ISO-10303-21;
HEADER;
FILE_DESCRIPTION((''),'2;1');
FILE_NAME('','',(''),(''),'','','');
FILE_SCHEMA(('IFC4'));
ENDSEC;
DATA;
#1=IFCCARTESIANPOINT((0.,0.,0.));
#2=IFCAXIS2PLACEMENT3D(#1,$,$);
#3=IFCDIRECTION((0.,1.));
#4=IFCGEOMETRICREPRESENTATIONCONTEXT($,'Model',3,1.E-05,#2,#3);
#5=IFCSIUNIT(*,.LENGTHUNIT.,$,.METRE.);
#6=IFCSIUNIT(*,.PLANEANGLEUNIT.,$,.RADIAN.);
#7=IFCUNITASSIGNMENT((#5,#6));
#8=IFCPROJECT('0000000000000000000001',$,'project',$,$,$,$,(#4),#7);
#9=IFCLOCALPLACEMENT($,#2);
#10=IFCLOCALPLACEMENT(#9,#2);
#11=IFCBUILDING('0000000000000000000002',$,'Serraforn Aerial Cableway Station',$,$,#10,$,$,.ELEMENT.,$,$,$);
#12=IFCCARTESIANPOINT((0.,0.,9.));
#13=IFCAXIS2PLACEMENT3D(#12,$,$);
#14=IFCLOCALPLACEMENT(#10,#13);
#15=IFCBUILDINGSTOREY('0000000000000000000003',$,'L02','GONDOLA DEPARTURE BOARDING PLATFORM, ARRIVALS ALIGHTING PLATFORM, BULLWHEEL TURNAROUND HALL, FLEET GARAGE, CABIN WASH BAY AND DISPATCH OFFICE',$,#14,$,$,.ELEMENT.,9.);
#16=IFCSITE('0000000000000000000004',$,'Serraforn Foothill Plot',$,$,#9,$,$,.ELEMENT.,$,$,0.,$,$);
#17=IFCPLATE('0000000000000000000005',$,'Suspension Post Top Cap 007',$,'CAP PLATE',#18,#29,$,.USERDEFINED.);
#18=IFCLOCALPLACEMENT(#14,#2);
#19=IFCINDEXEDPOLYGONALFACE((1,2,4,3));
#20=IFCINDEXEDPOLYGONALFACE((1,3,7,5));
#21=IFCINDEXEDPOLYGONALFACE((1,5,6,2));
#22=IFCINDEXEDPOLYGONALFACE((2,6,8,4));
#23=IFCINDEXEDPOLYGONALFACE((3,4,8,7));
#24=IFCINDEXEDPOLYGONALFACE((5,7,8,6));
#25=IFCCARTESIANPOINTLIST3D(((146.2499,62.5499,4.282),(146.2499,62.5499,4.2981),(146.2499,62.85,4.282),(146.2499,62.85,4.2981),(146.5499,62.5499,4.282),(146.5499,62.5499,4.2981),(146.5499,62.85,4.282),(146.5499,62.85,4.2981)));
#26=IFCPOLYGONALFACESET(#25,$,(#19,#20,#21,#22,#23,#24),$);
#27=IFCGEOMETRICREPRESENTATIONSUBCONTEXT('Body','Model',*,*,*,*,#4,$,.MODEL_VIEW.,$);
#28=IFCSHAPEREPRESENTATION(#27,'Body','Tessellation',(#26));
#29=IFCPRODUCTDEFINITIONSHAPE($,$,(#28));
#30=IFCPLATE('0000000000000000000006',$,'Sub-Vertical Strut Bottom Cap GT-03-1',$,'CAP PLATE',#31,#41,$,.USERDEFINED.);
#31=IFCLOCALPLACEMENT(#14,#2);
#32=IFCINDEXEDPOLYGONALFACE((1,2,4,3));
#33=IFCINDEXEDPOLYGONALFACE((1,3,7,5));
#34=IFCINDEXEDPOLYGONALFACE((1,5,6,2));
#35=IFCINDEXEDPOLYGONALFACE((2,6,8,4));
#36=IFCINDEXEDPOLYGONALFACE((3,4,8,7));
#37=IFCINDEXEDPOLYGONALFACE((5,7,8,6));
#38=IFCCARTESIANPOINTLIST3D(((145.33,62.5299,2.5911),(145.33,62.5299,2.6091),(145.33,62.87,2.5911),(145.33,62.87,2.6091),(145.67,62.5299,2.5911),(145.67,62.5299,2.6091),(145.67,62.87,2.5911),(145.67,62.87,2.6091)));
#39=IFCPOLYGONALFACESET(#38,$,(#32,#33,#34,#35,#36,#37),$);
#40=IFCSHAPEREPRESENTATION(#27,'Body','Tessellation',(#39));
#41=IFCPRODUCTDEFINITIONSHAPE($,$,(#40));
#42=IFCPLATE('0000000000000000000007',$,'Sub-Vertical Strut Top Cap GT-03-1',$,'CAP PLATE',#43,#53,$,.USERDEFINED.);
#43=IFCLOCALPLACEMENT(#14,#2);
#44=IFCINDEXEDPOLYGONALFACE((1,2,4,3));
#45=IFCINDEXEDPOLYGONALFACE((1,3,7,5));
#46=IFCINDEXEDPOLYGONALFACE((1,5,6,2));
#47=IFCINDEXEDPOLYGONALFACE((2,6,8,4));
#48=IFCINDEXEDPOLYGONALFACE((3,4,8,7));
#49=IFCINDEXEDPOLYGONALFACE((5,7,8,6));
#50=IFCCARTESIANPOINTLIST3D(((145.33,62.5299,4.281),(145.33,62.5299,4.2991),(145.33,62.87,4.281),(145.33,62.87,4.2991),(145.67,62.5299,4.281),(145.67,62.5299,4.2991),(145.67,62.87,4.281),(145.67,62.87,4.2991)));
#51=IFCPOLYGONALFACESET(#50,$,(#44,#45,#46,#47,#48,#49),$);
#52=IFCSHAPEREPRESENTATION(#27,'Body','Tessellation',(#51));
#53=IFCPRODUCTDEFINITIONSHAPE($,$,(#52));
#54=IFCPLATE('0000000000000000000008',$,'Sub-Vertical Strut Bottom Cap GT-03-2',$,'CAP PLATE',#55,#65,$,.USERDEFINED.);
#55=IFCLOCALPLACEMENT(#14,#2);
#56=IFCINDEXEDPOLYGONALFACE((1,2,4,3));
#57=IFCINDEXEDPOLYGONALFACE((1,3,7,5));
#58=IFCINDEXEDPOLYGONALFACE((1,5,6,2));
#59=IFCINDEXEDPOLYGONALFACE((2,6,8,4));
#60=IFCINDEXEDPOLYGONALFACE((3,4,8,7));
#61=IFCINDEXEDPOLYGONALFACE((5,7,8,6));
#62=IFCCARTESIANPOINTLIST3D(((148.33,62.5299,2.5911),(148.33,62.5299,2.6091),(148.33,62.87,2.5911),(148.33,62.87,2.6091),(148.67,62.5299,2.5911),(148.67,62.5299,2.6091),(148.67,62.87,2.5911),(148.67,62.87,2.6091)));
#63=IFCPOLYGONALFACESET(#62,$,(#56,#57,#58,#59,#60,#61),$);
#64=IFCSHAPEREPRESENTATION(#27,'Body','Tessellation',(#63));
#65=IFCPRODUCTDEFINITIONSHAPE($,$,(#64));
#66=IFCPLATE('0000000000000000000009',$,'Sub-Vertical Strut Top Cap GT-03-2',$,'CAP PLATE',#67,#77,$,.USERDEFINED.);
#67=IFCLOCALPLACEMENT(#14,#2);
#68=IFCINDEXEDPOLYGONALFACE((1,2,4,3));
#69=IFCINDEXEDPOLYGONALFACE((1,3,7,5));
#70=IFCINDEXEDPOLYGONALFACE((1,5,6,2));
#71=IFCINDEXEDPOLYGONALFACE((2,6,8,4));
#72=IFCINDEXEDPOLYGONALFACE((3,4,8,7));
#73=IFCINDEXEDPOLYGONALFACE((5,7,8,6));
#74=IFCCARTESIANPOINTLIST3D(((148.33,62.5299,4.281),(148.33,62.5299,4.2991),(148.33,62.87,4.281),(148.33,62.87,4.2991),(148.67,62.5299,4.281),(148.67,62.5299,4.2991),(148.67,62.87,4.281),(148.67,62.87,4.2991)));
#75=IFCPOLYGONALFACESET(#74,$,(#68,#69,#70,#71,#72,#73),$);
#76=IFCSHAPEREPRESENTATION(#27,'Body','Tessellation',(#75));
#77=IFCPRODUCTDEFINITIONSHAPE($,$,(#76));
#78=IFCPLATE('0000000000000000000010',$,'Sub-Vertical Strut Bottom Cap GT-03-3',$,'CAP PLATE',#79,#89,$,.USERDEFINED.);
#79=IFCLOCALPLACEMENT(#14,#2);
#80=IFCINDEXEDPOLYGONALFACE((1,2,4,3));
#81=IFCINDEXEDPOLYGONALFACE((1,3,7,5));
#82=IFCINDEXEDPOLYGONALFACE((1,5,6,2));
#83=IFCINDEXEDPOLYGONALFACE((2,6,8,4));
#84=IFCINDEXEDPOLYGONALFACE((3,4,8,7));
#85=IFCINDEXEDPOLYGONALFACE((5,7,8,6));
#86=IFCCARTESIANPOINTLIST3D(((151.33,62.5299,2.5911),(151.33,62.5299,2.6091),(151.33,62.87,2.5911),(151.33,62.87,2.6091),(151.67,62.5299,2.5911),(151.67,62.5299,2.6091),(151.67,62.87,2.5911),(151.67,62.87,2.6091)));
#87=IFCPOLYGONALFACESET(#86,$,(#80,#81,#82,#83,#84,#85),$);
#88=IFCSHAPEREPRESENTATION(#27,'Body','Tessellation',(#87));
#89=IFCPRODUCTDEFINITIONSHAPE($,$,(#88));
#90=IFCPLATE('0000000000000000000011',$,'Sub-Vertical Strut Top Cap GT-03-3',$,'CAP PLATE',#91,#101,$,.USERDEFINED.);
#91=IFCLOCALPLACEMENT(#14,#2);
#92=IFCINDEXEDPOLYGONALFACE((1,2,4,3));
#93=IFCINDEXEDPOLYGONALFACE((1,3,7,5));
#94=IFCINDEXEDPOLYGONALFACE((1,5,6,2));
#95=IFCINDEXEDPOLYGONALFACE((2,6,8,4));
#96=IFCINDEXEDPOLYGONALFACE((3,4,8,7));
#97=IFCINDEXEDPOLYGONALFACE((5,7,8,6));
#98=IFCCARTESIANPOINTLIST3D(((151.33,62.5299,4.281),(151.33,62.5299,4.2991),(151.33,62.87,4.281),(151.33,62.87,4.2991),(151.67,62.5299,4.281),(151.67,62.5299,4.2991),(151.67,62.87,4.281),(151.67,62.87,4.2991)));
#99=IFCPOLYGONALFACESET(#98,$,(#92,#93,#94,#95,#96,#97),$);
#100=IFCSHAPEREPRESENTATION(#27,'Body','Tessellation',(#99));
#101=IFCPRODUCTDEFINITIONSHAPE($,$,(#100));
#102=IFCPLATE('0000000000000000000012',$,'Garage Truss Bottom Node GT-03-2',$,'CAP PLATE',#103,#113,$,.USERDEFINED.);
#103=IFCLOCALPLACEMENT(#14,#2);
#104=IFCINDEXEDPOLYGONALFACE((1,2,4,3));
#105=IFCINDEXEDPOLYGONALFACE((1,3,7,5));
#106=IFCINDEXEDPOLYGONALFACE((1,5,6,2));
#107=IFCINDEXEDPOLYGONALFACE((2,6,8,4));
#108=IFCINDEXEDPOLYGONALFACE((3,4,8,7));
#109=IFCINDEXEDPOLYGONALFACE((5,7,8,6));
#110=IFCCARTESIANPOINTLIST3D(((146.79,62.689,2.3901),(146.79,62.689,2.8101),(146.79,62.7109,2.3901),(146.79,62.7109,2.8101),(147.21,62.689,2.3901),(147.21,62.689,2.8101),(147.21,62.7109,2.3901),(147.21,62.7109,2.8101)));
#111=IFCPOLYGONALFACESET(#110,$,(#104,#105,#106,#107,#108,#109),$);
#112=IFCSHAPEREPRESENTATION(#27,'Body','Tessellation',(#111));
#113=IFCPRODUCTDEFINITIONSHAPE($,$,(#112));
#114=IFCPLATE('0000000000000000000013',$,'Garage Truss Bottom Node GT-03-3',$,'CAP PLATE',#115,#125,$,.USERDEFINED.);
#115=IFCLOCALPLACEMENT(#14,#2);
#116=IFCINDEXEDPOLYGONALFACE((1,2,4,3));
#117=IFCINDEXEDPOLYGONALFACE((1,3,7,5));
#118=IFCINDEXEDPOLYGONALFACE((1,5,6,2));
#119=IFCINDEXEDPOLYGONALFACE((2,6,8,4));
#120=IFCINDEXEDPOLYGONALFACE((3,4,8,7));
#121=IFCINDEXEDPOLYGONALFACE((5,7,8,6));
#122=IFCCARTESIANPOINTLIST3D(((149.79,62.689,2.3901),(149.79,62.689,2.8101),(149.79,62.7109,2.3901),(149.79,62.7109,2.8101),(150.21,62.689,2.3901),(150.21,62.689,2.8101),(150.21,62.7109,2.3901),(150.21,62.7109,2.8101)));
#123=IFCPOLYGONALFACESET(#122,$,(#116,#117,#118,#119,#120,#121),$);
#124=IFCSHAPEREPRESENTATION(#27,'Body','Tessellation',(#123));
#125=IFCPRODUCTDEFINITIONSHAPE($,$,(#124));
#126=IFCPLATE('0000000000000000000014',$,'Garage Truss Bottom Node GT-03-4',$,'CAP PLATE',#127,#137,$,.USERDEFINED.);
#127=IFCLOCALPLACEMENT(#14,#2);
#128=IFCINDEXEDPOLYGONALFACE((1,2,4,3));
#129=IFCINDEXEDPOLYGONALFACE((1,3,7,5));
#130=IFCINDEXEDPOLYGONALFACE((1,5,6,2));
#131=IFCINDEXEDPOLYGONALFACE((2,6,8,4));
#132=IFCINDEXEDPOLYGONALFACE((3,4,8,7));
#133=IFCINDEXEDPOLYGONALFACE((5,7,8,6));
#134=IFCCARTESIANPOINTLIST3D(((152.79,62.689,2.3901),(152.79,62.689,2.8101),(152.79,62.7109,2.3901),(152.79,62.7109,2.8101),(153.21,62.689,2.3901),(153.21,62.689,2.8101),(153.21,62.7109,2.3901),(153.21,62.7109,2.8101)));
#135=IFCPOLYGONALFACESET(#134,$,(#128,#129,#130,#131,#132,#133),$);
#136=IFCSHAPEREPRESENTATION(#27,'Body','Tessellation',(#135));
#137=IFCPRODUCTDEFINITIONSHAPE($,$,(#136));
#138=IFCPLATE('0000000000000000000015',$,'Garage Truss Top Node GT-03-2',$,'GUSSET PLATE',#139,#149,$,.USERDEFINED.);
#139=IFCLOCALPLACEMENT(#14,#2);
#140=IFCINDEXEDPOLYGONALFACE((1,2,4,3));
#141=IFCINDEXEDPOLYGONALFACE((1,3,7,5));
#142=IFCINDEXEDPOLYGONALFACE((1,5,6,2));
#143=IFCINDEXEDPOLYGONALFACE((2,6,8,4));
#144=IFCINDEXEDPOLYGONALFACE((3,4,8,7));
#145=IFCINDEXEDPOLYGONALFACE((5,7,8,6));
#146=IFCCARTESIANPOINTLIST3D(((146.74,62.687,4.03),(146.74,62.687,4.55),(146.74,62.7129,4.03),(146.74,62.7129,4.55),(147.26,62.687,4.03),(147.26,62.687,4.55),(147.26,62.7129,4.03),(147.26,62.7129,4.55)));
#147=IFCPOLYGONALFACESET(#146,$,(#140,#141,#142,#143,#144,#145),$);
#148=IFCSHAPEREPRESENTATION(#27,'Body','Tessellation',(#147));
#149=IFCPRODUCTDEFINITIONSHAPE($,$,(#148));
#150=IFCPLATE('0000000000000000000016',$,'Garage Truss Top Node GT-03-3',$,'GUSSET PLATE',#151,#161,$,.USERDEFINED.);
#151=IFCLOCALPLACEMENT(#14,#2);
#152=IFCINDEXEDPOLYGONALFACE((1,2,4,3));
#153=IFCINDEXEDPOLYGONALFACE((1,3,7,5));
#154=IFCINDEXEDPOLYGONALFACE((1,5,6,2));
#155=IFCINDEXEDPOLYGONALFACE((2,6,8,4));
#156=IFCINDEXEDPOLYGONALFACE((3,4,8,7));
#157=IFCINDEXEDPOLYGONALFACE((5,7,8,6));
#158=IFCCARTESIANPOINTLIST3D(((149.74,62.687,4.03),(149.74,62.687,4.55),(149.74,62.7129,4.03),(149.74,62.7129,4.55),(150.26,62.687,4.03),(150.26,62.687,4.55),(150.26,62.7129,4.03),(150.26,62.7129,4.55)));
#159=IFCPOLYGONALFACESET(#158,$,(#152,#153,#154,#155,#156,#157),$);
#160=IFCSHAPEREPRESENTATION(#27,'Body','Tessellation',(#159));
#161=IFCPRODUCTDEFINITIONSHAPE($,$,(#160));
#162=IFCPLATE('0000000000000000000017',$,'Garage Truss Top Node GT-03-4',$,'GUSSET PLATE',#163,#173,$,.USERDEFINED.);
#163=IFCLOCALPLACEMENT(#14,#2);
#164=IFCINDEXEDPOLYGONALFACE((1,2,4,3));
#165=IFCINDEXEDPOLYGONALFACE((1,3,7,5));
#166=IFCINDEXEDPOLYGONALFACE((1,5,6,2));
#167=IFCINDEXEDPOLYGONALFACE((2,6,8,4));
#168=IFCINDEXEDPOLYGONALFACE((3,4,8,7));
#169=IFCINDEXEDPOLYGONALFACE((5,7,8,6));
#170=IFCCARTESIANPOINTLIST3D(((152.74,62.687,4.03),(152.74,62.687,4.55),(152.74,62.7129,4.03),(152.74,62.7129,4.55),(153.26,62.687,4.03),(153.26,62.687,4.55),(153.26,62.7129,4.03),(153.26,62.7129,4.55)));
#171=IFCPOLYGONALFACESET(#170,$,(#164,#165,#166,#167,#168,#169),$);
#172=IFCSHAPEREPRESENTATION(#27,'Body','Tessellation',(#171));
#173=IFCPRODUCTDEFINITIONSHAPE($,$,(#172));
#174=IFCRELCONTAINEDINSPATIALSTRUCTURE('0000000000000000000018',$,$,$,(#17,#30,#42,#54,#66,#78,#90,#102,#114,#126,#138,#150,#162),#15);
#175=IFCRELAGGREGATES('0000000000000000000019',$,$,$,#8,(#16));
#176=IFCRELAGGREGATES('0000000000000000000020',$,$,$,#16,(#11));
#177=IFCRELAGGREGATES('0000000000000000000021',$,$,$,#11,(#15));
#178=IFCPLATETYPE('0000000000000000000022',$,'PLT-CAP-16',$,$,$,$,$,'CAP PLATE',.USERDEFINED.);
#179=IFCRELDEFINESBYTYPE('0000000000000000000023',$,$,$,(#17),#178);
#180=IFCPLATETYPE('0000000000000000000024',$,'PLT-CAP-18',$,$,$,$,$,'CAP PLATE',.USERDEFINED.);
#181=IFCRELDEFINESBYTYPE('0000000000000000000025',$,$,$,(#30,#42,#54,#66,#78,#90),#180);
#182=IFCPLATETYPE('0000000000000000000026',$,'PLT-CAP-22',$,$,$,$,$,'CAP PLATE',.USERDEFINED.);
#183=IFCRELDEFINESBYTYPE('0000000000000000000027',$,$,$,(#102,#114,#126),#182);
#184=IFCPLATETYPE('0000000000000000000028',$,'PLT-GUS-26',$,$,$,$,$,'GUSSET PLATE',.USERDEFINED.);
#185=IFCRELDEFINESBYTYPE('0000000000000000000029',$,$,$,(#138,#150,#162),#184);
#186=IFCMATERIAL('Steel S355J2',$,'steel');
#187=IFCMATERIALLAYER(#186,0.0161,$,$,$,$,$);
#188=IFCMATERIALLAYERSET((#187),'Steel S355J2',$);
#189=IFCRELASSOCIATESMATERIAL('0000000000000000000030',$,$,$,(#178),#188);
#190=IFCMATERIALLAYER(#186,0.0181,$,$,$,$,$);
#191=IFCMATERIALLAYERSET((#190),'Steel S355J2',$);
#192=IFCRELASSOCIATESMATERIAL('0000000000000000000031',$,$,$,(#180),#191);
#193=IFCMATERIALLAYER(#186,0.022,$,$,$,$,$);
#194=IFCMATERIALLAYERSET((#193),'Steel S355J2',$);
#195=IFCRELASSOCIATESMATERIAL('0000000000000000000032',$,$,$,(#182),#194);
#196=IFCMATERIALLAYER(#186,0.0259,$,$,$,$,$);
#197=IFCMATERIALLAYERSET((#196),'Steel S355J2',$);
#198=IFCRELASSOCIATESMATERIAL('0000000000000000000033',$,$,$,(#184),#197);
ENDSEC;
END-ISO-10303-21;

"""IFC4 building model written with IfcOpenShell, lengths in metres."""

from ifc_helpers import new_model, si_unit, direction, frame, origin, origin_2d, place, context, subcontext, project, spatial, rectangle, extrude, material, layer, layer_set, type_object, element, save


model = new_model("IFC4")

# Units and contexts
model_context = context("Model", 3, precision=1e-05, world=origin(), true_north=direction((0.0, 1.0)))
body_context = subcontext(model_context, "Body", "Model", "MODEL_VIEW")
ifc_project = project(units=[si_unit("LENGTHUNIT", "METRE"), si_unit("PLANEANGLEUNIT", "RADIAN")], contexts=[model_context])

# Site, building, storey
site_placement = place(None, origin())
site = spatial("IfcSite", under=ifc_project, at=site_placement, Name="Serraforn Foothill Plot", CompositionType="ELEMENT", RefElevation=0.0)
building_placement = place(site_placement, origin())
building = spatial("IfcBuilding", under=site, at=building_placement, Name="Serraforn Aerial Cableway Station", CompositionType="ELEMENT")
storey_placement = place(building_placement, frame((0.0, 0.0, 9.0)))
storey = spatial("IfcBuildingStorey", under=building, at=storey_placement, Name="L02", Description="GONDOLA DEPARTURE BOARDING PLATFORM, ARRIVALS ALIGHTING PLATFORM, BULLWHEEL TURNAROUND HALL, FLEET GARAGE, CABIN WASH BAY AND DISPATCH OFFICE", CompositionType="ELEMENT", Elevation=9.0)

# Shared definitions
ifc_material_1 = material(Name="Steel S355J2", Category="steel")

# Plates
ifc_layer_1 = layer(ifc_material_1, 0.0161)
ifc_layer_set_1 = layer_set([ifc_layer_1], Name="Steel S355J2")
plate_type_1 = type_object("IfcPlateType", Name="PLT-CAP-16", ElementType="CAP PLATE", PredefinedType="USERDEFINED", material=ifc_layer_set_1)
for number, where, z_axis, x_axis, name in (
    (1, (146.3999, 62.7, 4.282), (0.0, 0.0, 1.0), (1.0, 0.0, 0.0), "Suspension Post Top Cap 007"),
):
    element("IfcPlate", number, at=place(storey_placement, frame(where, z_axis=z_axis, x_axis=x_axis)), inside=storey, type_object=plate_type_1, Name=name, ObjectType="CAP PLATE", PredefinedType="USERDEFINED", context=body_context, shape_type="SweptSolid", body=[
        extrude(rectangle(XDim=0.3, YDim=0.3, at=origin_2d()), origin(), (0.0, 0.0, 1.0), 0.0161),
    ])
ifc_layer_2 = layer(ifc_material_1, 0.0181)
ifc_layer_set_2 = layer_set([ifc_layer_2], Name="Steel S355J2")
plate_type_2 = type_object("IfcPlateType", Name="PLT-CAP-18", ElementType="CAP PLATE", PredefinedType="USERDEFINED", material=ifc_layer_set_2)
for number, where, z_axis, x_axis, name in (
    (2, (145.5, 62.7, 2.5911), (0.0, 0.0, 1.0), (1.0, 0.0, 0.0), "Sub-Vertical Strut Bottom Cap GT-03-1"),
    (3, (145.5, 62.7, 4.281), (0.0, 0.0, 1.0), (1.0, 0.0, 0.0), "Sub-Vertical Strut Top Cap GT-03-1"),
    (4, (148.5, 62.7, 2.5911), (0.0, 0.0, 1.0), (1.0, 0.0, 0.0), "Sub-Vertical Strut Bottom Cap GT-03-2"),
    (5, (148.5, 62.7, 4.281), (0.0, 0.0, 1.0), (1.0, 0.0, 0.0), "Sub-Vertical Strut Top Cap GT-03-2"),
    (6, (151.5, 62.7, 2.5911), (0.0, 0.0, 1.0), (1.0, 0.0, 0.0), "Sub-Vertical Strut Bottom Cap GT-03-3"),
    (7, (151.5, 62.7, 4.281), (0.0, 0.0, 1.0), (1.0, 0.0, 0.0), "Sub-Vertical Strut Top Cap GT-03-3"),
):
    element("IfcPlate", number, at=place(storey_placement, frame(where, z_axis=z_axis, x_axis=x_axis)), inside=storey, type_object=plate_type_2, Name=name, ObjectType="CAP PLATE", PredefinedType="USERDEFINED", context=body_context, shape_type="SweptSolid", body=[
        extrude(rectangle(XDim=0.3401, YDim=0.3401, at=origin_2d()), origin(), (0.0, 0.0, 1.0), 0.0181),
    ])
ifc_layer_3 = layer(ifc_material_1, 0.022)
ifc_layer_set_3 = layer_set([ifc_layer_3], Name="Steel S355J2")
plate_type_3 = type_object("IfcPlateType", Name="PLT-CAP-22", ElementType="CAP PLATE", PredefinedType="USERDEFINED", material=ifc_layer_set_3)
for number, where, z_axis, x_axis, name in (
    (8, (147.0, 62.7, 2.3901), (0.0, 0.0, 1.0), (1.0, 0.0, 0.0), "Garage Truss Bottom Node GT-03-2"),
    (9, (150.0, 62.7, 2.3901), (0.0, 0.0, 1.0), (1.0, 0.0, 0.0), "Garage Truss Bottom Node GT-03-3"),
    (10, (153.0, 62.7, 2.3901), (0.0, 0.0, 1.0), (1.0, 0.0, 0.0), "Garage Truss Bottom Node GT-03-4"),
):
    element("IfcPlate", number, at=place(storey_placement, frame(where, z_axis=z_axis, x_axis=x_axis)), inside=storey, type_object=plate_type_3, Name=name, ObjectType="CAP PLATE", PredefinedType="USERDEFINED", context=body_context, shape_type="SweptSolid", body=[
        extrude(rectangle(XDim=0.4199, YDim=0.022, at=origin_2d()), origin(), (0.0, 0.0, 1.0), 0.4199),
    ])
ifc_layer_4 = layer(ifc_material_1, 0.0259)
ifc_layer_set_4 = layer_set([ifc_layer_4], Name="Steel S355J2")
plate_type_4 = type_object("IfcPlateType", Name="PLT-GUS-26", ElementType="GUSSET PLATE", PredefinedType="USERDEFINED", material=ifc_layer_set_4)
for number, where, z_axis, x_axis, name in (
    (11, (147.0, 62.7, 4.03), (0.0, 0.0, 1.0), (1.0, 0.0, 0.0), "Garage Truss Top Node GT-03-2"),
    (12, (150.0, 62.7, 4.03), (0.0, 0.0, 1.0), (1.0, 0.0, 0.0), "Garage Truss Top Node GT-03-3"),
    (13, (153.0, 62.7, 4.03), (0.0, 0.0, 1.0), (1.0, 0.0, 0.0), "Garage Truss Top Node GT-03-4"),
):
    element("IfcPlate", number, at=place(storey_placement, frame(where, z_axis=z_axis, x_axis=x_axis)), inside=storey, type_object=plate_type_4, Name=name, ObjectType="GUSSET PLATE", PredefinedType="USERDEFINED", context=body_context, shape_type="SweptSolid", body=[
        extrude(rectangle(XDim=0.52, YDim=0.0259, at=origin_2d()), origin(), (0.0, 0.0, 1.0), 0.52),
    ])

save(model, "model.ifc")
